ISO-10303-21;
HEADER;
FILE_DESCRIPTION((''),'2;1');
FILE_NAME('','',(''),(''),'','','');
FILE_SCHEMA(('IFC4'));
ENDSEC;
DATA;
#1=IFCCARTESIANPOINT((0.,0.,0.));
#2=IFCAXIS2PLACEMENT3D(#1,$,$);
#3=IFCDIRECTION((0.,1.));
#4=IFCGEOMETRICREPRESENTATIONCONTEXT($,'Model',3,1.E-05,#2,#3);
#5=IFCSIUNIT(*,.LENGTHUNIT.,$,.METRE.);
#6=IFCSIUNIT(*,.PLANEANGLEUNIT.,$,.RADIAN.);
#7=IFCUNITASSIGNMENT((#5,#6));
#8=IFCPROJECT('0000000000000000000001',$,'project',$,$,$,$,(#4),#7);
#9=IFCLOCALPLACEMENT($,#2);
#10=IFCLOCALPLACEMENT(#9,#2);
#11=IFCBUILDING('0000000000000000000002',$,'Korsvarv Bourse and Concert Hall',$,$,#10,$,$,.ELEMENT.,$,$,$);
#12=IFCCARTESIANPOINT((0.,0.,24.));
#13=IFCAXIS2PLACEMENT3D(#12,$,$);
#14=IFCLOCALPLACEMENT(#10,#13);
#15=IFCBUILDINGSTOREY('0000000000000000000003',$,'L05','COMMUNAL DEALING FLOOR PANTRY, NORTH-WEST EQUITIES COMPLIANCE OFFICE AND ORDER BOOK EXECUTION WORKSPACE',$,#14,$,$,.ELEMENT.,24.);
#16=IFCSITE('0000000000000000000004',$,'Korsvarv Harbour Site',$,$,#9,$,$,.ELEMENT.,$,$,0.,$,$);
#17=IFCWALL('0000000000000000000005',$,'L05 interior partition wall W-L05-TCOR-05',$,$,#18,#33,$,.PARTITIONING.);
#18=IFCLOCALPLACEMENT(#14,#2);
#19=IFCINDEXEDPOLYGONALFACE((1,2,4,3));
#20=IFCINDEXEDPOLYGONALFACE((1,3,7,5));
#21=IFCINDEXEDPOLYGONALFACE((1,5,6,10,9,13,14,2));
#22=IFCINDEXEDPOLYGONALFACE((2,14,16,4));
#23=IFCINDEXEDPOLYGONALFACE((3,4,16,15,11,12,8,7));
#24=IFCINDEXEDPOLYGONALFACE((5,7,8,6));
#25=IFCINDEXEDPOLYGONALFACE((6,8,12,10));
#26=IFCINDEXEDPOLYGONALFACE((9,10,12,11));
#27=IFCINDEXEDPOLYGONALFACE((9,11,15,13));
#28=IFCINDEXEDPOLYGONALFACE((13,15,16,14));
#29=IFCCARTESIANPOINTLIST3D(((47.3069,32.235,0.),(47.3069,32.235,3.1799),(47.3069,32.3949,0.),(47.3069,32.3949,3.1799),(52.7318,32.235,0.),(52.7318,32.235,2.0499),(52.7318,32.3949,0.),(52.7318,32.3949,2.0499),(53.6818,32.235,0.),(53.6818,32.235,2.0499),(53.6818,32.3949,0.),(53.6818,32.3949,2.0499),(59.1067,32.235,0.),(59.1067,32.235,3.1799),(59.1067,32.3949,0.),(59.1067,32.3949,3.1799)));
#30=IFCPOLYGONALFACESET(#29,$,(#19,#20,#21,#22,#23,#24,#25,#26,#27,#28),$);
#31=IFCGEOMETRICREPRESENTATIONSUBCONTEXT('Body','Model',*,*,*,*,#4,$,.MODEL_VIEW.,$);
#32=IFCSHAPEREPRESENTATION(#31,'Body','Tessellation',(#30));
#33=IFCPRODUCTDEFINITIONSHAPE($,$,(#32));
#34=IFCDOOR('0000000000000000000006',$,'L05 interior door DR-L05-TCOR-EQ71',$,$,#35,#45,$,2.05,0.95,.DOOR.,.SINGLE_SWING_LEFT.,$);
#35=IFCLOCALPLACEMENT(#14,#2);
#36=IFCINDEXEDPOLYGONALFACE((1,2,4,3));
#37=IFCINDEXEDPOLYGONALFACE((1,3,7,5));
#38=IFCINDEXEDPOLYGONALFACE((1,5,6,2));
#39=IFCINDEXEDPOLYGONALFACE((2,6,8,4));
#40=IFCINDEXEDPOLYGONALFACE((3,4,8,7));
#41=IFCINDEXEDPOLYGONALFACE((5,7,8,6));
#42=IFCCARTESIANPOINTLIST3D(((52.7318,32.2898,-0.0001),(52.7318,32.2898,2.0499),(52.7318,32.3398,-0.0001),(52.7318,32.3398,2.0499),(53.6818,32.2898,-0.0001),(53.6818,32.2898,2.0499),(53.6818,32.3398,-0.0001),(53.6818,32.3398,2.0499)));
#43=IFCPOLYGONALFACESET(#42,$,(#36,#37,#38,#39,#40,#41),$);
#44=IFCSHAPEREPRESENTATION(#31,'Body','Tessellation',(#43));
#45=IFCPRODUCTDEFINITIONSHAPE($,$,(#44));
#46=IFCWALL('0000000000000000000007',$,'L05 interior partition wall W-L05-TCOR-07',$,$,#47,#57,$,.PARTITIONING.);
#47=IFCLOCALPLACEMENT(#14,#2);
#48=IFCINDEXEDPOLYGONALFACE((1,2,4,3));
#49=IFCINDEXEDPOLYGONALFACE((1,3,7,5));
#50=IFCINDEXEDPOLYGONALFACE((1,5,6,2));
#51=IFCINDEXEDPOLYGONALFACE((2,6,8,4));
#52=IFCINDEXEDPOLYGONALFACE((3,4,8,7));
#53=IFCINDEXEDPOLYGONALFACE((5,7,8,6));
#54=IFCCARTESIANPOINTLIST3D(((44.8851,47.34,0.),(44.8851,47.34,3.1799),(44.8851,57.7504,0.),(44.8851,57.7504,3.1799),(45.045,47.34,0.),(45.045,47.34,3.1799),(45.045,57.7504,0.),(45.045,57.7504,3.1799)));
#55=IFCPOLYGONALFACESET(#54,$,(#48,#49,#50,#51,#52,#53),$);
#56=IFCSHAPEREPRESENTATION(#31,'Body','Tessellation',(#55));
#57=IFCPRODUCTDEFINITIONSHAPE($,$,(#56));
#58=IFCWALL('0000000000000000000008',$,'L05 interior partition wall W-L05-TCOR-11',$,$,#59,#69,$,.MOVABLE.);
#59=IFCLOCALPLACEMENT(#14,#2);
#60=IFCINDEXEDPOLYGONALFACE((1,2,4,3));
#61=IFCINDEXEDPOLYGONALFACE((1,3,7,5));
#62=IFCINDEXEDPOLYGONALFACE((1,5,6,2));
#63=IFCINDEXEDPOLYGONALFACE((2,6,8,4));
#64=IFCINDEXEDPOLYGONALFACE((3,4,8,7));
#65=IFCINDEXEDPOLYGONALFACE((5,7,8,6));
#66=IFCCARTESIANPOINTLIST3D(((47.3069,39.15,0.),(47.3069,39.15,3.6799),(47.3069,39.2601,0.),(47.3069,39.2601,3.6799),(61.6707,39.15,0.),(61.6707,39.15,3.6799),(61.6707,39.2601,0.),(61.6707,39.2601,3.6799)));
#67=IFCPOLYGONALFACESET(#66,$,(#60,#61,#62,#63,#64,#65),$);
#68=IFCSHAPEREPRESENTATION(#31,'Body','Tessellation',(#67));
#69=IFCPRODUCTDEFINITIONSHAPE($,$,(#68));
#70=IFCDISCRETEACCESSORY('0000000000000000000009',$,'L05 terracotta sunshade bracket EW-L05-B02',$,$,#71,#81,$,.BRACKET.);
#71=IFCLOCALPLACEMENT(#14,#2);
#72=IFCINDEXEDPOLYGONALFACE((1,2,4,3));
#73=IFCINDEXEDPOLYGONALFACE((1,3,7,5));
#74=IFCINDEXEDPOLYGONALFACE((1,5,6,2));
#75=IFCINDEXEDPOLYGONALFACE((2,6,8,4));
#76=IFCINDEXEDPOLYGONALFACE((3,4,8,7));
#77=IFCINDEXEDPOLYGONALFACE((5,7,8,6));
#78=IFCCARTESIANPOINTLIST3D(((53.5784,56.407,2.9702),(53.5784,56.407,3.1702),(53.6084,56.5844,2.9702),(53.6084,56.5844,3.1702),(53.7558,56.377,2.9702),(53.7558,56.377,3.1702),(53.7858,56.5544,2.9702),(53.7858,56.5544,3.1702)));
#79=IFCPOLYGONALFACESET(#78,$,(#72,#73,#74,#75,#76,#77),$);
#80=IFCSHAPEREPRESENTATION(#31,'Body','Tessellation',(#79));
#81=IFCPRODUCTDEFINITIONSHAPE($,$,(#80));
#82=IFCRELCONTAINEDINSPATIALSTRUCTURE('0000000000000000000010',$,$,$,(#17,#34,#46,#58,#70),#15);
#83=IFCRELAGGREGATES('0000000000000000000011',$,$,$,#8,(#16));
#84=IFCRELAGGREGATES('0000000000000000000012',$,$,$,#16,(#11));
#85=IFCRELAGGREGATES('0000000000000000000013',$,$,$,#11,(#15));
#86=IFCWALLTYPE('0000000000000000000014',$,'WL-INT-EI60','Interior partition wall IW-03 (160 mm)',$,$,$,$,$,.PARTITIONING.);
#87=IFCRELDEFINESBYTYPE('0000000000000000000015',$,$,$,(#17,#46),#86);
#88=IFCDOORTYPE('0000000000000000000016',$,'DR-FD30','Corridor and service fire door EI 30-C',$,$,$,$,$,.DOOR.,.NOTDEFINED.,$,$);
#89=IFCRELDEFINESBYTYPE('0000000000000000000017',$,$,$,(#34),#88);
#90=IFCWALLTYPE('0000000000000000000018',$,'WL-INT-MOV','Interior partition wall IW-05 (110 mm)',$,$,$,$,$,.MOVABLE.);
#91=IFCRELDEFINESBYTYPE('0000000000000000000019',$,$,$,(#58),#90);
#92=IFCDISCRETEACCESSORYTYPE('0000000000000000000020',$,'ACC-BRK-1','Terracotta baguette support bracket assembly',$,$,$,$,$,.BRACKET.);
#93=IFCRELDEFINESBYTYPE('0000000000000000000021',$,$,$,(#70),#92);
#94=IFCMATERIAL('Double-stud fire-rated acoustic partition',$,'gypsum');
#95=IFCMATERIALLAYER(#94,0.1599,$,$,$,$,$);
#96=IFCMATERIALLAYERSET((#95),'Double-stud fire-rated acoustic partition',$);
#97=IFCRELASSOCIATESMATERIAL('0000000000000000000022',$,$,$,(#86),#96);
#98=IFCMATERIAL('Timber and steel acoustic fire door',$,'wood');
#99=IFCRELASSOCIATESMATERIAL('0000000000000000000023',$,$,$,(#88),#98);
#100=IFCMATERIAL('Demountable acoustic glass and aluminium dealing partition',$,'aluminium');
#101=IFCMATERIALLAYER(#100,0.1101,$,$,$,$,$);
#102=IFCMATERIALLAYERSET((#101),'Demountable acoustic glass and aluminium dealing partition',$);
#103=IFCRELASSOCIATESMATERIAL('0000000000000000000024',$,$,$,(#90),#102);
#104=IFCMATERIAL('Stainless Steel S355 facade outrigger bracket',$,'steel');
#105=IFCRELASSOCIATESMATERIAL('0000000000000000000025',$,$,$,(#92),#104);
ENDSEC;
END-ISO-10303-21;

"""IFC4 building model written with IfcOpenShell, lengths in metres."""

from ifc_helpers import new_model, si_unit, direction, frame, frame_2d, origin, origin_2d, place, context, subcontext, project, spatial, rectangle, extrude, source, transform, mapped, material, layer, layer_set, type_object, element, fill, save


model = new_model("IFC4")

# Units and contexts
model_context = context("Model", 3, precision=1e-05, world=origin(), true_north=direction((0.0, 1.0)))
body_context = subcontext(model_context, "Body", "Model", "MODEL_VIEW")
ifc_project = project(units=[si_unit("LENGTHUNIT", "METRE"), si_unit("PLANEANGLEUNIT", "RADIAN")], contexts=[model_context])

# Site, building, storey
site_placement = place(None, origin())
site = spatial("IfcSite", under=ifc_project, at=site_placement, Name="Korsvarv Harbour Site", CompositionType="ELEMENT", RefElevation=0.0)
building_placement = place(site_placement, origin())
building = spatial("IfcBuilding", under=site, at=building_placement, Name="Korsvarv Bourse and Concert Hall", CompositionType="ELEMENT")
storey_placement = place(building_placement, frame((0.0, 0.0, 24.0)))
storey = spatial("IfcBuildingStorey", under=building, at=storey_placement, Name="L05", Description="COMMUNAL DEALING FLOOR PANTRY, NORTH-WEST EQUITIES COMPLIANCE OFFICE AND ORDER BOOK EXECUTION WORKSPACE", CompositionType="ELEMENT", Elevation=24.0)

# Wall, opening, door
ifc_material_1 = material(Name="Double-stud fire-rated acoustic partition", Category="gypsum")
ifc_layer_1 = layer(ifc_material_1, 0.1599)
ifc_layer_set_1 = layer_set([ifc_layer_1], Name="Double-stud fire-rated acoustic partition")
wall_type_1 = type_object("IfcWallType", Name="WL-INT-EI60", Description="Interior partition wall IW-03 (160 mm)", PredefinedType="PARTITIONING", material=ifc_layer_set_1)
ifc_material_2 = material(Name="Timber and steel acoustic fire door", Category="wood")
door_type = type_object("IfcDoorType", Name="DR-FD30", Description="Corridor and service fire door EI 30-C", OperationType="NOTDEFINED", PredefinedType="DOOR", material=ifc_material_2)
wall_1_placement = place(storey_placement, frame((47.3069, 32.3149, 0.0), z_axis=(0.0, 0.0, 1.0), x_axis=(1.0, 0.0, 0.0)))
wall_1 = element("IfcWall", 1, at=wall_1_placement, inside=storey, type_object=wall_type_1, Name="L05 interior partition wall W-L05-TCOR-05", PredefinedType="PARTITIONING", context=body_context, shape_type="SweptSolid", body=[
    extrude(rectangle(XDim=11.7998, YDim=0.1599, at=frame_2d((5.8999, 0.0))), origin(), (0.0, 0.0, 1.0), 3.1799),
])
opening_1_placement = place(wall_1_placement, frame((5.4248, 0.0, 0.0)))
opening_1 = element("IfcOpeningElement", 2, at=opening_1_placement, cuts=wall_1, PredefinedType="OPENING", context=body_context, shape_type="SweptSolid", body=[
    extrude(rectangle(XDim=0.95, YDim=2.05, at=frame_2d((0.4751, 1.0249))), frame((0.0, 0.0898, 0.0), z_axis=(0.0, -1.0, 0.0), x_axis=(1.0, 0.0, 0.0)), (0.0, 0.0, 1.0), 0.1799),
])
door_1_placement = place(opening_1_placement, origin())
door_1 = element("IfcDoor", 3, at=door_1_placement, inside=storey, type_object=door_type, Name="L05 interior door DR-L05-TCOR-EQ71", OperationType="SINGLE_SWING_LEFT", OverallHeight=2.05, OverallWidth=0.95, PredefinedType="DOOR", context=body_context, shape_type="SweptSolid", body=[
    extrude(rectangle(XDim=0.95, YDim=2.05, at=frame_2d((0.4751, 1.0249))), frame((0.0, 0.0249, 0.0), z_axis=(0.0, -1.0, 0.0), x_axis=(1.0, 0.0, 0.0)), (0.0, 0.0, 1.0), 0.05),
])
fill(opening_1, door_1)

# Walls
wall_2_placement = place(storey_placement, frame((44.9651, 47.3401, 0.0), z_axis=(0.0, 0.0, 1.0), x_axis=(0.0, 1.0, 0.0)))
element("IfcWall", 4, at=wall_2_placement, inside=storey, type_object=wall_type_1, Name="L05 interior partition wall W-L05-TCOR-07", PredefinedType="PARTITIONING", context=body_context, shape_type="SweptSolid", body=[
    extrude(rectangle(XDim=10.4104, YDim=0.1599, at=frame_2d((5.2051, 0.0))), origin(), (0.0, 0.0, 1.0), 3.1799),
])
ifc_material_3 = material(Name="Demountable acoustic glass and aluminium dealing partition", Category="aluminium")
ifc_layer_2 = layer(ifc_material_3, 0.1101)
ifc_layer_set_2 = layer_set([ifc_layer_2], Name="Demountable acoustic glass and aluminium dealing partition")
wall_type_2 = type_object("IfcWallType", Name="WL-INT-MOV", Description="Interior partition wall IW-05 (110 mm)", PredefinedType="MOVABLE", material=ifc_layer_set_2)
wall_3_placement = place(storey_placement, frame((47.3069, 39.2051, 0.0), z_axis=(0.0, 0.0, 1.0), x_axis=(1.0, 0.0, 0.0)))
element("IfcWall", 5, at=wall_3_placement, inside=storey, type_object=wall_type_2, Name="L05 interior partition wall W-L05-TCOR-11", PredefinedType="MOVABLE", context=body_context, shape_type="SweptSolid", body=[
    extrude(rectangle(XDim=14.3638, YDim=0.1101, at=frame_2d((7.1819, 0.0))), origin(), (0.0, 0.0, 1.0), 3.6799),
])

# Discrete accessory
ifc_material_4 = material(Name="Stainless Steel S355 facade outrigger bracket", Category="steel")
discrete_accessory_type = type_object("IfcDiscreteAccessoryType", Name="ACC-BRK-1", Description="Terracotta baguette support bracket assembly", PredefinedType="BRACKET", material=ifc_material_4)
shared_shape_1 = source(origin(), body_context, "Body", "SweptSolid", [
    extrude(rectangle(XDim=0.1799, YDim=0.1799, at=origin_2d()), origin(), (0.0, 0.0, 1.0), 0.2),
])
discrete_accessory_placement = place(storey_placement, frame((53.6821, 56.4807, 2.9702), z_axis=(0.0, 0.0, 1.0), x_axis=(-0.986025, 0.166597, 0.0)))
element("IfcDiscreteAccessory", 6, at=discrete_accessory_placement, inside=storey, type_object=discrete_accessory_type, Name="L05 terracotta sunshade bracket EW-L05-B02", PredefinedType="BRACKET", context=body_context, shape_type="MappedRepresentation", body=[
    mapped(shared_shape_1, transform((0.0, 0.0, 0.0), scale=1.0)),
])

save(model, "model.ifc")
